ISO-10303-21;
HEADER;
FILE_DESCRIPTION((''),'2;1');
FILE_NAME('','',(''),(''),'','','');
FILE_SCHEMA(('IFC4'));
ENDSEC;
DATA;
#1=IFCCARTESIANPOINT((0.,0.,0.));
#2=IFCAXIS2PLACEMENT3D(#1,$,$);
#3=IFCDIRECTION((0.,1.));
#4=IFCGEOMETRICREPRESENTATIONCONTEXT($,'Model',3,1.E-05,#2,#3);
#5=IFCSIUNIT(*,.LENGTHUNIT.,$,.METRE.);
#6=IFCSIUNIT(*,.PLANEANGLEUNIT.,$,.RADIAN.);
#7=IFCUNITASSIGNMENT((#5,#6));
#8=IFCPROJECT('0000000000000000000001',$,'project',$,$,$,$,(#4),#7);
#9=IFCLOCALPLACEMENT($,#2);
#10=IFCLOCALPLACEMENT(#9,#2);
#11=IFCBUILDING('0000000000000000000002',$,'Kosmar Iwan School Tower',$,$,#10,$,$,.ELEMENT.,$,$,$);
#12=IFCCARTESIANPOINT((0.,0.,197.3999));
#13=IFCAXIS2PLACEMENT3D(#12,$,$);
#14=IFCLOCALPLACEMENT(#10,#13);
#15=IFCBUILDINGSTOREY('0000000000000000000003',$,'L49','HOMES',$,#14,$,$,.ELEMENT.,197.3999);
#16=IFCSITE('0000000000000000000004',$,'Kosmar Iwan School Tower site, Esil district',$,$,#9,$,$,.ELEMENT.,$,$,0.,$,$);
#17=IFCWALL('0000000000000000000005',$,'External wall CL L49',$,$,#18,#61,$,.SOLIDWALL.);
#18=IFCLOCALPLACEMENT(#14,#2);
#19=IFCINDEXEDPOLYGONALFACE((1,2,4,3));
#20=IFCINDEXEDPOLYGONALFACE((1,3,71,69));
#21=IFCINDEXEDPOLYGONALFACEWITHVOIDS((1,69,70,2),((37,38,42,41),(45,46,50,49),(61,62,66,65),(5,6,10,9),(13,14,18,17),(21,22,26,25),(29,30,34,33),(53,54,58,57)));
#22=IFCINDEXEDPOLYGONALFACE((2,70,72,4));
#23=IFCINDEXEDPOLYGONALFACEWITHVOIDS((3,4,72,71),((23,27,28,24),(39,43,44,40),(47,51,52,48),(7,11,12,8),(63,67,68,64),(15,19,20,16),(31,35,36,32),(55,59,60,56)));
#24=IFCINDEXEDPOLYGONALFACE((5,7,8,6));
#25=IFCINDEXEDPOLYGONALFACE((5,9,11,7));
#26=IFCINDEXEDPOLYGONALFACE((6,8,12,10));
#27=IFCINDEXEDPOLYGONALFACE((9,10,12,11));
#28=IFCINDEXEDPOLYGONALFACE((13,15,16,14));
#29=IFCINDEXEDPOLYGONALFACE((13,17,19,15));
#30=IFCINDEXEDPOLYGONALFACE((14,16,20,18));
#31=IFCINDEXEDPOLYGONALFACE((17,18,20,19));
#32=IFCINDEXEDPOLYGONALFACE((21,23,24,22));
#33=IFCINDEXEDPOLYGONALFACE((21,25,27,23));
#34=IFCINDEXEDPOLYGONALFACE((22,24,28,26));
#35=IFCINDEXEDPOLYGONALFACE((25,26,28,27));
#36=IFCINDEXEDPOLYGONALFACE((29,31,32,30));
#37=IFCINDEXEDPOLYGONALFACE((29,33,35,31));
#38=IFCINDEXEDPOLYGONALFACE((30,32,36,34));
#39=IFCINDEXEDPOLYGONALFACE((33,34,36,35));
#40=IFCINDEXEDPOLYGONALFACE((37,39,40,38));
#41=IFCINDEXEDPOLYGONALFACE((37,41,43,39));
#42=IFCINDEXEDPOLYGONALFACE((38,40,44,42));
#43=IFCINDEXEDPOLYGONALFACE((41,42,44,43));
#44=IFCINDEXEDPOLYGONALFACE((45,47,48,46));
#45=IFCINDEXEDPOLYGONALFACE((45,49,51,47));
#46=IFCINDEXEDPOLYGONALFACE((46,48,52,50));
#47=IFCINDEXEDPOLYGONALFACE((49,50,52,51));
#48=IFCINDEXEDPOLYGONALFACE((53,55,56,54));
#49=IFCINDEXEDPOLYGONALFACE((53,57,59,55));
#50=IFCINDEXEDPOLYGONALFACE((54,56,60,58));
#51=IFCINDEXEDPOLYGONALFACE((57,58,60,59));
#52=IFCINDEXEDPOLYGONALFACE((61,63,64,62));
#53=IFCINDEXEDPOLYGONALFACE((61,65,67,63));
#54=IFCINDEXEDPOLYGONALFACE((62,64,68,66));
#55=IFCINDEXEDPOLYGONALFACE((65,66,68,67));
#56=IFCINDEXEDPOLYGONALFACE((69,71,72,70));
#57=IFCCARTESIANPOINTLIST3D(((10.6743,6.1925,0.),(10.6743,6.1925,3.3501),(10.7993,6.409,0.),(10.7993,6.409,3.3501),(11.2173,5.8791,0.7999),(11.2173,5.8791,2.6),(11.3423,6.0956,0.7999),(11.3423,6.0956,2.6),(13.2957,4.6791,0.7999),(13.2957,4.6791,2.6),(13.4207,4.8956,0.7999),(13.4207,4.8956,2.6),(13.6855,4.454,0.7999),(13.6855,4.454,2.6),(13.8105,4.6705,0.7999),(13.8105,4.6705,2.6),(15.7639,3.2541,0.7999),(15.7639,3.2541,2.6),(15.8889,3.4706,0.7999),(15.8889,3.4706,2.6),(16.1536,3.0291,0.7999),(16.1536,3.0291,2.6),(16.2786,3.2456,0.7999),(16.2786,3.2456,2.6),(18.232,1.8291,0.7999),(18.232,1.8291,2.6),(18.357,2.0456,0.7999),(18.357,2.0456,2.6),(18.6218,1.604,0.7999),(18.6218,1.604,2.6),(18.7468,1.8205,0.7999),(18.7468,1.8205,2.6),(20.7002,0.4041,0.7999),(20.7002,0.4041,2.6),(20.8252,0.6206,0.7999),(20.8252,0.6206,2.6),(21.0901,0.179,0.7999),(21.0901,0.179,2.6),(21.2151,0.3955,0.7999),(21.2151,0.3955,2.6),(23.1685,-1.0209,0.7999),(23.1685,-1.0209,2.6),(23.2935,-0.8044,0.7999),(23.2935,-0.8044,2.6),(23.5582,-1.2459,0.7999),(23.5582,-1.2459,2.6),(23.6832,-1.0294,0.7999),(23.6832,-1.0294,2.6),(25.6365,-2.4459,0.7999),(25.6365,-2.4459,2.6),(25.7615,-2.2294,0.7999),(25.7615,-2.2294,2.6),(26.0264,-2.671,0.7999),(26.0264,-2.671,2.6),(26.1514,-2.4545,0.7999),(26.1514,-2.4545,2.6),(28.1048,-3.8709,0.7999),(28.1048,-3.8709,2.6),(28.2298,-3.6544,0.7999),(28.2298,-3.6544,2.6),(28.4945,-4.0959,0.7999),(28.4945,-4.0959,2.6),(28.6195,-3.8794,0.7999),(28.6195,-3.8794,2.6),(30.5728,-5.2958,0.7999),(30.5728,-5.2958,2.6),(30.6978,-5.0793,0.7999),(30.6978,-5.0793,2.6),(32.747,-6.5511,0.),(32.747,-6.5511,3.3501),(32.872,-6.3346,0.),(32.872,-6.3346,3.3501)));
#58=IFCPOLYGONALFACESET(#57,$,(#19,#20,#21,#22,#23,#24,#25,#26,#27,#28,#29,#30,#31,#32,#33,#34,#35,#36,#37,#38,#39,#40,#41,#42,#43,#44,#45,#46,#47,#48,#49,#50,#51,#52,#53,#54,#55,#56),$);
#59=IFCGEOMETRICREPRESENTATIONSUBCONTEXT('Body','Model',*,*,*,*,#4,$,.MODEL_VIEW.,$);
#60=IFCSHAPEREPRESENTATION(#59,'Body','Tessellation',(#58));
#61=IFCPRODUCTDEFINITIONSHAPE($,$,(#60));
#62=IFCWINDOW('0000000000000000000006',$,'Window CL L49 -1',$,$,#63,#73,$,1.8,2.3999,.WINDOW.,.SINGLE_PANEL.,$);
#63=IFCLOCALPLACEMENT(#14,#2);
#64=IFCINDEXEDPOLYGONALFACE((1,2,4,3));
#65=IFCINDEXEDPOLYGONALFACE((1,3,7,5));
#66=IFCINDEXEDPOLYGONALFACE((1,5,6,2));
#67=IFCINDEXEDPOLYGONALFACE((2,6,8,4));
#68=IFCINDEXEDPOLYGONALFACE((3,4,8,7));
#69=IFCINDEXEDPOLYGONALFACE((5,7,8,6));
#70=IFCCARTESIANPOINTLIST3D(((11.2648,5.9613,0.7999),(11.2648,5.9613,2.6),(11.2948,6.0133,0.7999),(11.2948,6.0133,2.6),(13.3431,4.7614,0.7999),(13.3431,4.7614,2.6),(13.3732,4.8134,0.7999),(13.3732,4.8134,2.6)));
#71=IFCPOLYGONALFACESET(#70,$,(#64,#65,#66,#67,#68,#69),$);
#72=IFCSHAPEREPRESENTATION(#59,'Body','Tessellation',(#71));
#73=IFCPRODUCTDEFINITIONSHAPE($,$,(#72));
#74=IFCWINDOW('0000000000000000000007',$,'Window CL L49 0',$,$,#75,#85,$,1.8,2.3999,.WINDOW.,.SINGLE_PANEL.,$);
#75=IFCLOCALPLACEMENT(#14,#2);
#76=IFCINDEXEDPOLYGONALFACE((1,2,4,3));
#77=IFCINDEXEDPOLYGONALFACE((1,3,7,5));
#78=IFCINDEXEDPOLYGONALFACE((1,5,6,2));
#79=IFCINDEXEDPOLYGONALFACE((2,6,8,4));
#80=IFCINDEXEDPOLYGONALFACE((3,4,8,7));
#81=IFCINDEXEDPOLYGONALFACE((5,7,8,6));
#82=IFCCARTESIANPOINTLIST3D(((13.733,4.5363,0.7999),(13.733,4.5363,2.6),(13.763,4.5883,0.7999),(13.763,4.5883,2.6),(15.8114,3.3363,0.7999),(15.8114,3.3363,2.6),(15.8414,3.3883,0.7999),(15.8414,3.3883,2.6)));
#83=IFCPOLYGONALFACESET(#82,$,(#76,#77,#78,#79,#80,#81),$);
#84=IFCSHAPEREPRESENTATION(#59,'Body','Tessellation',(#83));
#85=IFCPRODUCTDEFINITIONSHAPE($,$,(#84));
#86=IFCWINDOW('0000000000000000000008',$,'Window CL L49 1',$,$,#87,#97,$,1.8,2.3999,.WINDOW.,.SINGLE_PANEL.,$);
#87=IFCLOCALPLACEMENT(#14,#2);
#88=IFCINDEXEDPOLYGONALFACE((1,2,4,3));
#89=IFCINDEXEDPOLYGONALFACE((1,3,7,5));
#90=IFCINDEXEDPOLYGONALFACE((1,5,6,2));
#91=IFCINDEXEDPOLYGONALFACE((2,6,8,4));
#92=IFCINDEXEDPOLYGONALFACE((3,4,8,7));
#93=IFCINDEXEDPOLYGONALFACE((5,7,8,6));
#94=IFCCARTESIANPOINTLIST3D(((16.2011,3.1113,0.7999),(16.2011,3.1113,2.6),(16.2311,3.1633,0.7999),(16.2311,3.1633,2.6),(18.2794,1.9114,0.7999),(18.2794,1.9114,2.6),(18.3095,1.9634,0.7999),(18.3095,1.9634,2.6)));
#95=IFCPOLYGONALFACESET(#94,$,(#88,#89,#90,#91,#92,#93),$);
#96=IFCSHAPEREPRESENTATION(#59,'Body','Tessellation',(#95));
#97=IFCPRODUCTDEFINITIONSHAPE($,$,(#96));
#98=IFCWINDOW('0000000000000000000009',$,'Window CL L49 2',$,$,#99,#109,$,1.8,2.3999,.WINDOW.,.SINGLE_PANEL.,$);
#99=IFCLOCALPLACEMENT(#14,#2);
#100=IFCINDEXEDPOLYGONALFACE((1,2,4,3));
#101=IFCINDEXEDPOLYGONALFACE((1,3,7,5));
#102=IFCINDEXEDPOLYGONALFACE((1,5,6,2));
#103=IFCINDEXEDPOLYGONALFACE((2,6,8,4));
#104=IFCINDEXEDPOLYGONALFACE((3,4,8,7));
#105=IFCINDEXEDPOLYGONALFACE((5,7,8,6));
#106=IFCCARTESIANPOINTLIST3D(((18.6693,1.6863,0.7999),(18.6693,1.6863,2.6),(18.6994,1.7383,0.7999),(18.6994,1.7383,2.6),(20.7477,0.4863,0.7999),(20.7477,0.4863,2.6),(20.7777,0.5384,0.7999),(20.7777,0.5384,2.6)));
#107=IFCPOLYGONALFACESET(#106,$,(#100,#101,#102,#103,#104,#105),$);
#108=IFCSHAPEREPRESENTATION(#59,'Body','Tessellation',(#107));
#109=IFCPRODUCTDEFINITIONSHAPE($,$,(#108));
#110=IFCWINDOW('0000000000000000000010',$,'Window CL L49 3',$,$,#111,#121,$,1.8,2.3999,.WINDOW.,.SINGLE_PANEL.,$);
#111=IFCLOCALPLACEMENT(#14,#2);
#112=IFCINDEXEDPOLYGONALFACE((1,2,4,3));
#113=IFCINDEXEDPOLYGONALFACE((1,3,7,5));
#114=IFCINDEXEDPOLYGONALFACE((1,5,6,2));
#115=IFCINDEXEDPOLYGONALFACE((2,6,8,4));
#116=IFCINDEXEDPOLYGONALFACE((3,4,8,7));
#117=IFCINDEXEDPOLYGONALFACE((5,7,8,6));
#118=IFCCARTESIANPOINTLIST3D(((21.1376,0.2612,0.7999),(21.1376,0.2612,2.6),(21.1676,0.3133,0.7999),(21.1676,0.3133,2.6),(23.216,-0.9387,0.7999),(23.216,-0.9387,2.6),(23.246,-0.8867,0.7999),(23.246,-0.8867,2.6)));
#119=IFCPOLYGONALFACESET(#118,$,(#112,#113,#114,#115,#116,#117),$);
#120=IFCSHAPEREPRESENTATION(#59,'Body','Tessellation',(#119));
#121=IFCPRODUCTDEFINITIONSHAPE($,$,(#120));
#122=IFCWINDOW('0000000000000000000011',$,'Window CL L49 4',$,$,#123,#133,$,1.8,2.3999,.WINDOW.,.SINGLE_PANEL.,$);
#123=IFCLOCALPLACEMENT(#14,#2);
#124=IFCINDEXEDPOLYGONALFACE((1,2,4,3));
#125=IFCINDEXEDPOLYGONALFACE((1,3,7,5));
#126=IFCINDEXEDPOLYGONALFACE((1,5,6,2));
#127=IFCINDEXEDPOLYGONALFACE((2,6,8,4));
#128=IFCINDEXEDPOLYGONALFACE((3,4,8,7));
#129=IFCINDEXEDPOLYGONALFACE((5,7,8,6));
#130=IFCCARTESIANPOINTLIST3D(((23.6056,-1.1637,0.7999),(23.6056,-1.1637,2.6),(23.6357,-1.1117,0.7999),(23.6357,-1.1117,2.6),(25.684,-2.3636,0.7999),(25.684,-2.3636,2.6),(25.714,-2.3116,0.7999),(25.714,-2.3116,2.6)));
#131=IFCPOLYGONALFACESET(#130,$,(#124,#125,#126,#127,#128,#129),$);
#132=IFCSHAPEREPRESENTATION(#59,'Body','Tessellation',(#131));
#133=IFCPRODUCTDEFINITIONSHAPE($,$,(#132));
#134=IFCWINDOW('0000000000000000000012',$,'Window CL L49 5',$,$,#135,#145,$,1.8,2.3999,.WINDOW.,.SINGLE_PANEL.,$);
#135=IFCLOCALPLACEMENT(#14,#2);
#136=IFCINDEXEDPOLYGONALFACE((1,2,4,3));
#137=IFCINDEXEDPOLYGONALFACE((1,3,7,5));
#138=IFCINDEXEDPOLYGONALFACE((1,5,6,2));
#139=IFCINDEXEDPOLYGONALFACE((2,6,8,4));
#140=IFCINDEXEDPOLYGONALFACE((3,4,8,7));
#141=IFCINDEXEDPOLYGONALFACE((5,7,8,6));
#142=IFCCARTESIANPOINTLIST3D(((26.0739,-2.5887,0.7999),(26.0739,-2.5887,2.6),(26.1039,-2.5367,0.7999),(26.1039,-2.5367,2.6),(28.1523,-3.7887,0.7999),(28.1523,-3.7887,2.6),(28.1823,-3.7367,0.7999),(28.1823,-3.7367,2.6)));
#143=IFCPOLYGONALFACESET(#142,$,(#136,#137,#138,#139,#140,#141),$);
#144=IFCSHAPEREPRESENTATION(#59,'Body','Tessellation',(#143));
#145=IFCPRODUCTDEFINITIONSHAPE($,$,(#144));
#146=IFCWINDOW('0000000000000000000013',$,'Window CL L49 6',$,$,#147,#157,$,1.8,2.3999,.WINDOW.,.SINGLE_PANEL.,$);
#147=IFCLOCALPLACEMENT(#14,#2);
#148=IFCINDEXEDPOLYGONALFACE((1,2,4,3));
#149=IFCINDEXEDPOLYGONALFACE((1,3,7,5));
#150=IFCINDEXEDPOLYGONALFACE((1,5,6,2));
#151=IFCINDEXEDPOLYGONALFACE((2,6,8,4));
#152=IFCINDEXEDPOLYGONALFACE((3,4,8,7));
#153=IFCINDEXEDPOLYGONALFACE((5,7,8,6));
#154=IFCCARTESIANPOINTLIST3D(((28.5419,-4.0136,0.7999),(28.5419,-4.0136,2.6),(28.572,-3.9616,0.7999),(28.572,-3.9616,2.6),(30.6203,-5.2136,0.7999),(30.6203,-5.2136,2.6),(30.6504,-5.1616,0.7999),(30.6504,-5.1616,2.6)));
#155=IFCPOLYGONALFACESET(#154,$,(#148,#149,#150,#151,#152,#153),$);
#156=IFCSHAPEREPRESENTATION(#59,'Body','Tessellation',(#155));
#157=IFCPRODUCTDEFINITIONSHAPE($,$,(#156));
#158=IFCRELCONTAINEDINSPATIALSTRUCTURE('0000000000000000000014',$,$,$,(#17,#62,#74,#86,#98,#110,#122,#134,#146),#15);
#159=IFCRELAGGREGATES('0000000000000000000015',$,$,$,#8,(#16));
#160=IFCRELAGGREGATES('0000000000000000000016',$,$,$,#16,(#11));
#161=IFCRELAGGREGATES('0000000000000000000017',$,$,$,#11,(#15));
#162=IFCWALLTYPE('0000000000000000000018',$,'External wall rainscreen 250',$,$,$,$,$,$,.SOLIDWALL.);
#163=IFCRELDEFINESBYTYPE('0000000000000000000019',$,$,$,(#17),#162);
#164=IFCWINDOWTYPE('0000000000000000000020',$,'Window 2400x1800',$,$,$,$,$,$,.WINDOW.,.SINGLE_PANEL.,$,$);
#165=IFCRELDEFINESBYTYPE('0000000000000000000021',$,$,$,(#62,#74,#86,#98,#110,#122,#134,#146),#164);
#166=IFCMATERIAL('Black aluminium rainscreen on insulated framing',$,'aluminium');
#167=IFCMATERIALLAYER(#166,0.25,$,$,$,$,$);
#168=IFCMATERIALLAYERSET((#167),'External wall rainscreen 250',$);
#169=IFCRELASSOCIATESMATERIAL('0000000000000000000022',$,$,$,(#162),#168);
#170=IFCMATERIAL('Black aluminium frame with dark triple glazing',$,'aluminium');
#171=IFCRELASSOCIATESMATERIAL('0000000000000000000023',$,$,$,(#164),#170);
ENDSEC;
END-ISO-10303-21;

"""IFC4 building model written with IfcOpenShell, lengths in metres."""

from ifc_helpers import new_model, si_unit, direction, frame, frame_2d, origin, place, context, subcontext, project, spatial, rectangle, extrude, material, layer, layer_set, type_object, element, fill, save


model = new_model("IFC4")

# Units and contexts
model_context = context("Model", 3, precision=1e-05, world=origin(), true_north=direction((0.0, 1.0)))
body_context = subcontext(model_context, "Body", "Model", "MODEL_VIEW")
ifc_project = project(units=[si_unit("LENGTHUNIT", "METRE"), si_unit("PLANEANGLEUNIT", "RADIAN")], contexts=[model_context])

# Site, building, storey
site_placement = place(None, origin())
site = spatial("IfcSite", under=ifc_project, at=site_placement, Name="Kosmar Iwan School Tower site, Esil district", CompositionType="ELEMENT", RefElevation=0.0)
building_placement = place(site_placement, origin())
building = spatial("IfcBuilding", under=site, at=building_placement, Name="Kosmar Iwan School Tower", CompositionType="ELEMENT")
storey_placement = place(building_placement, frame((0.0, 0.0, 197.3999)))
storey = spatial("IfcBuildingStorey", under=building, at=storey_placement, Name="L49", Description="HOMES", CompositionType="ELEMENT", Elevation=197.3999)

# Wall, openings, windows
ifc_material_1 = material(Name="Black aluminium rainscreen on insulated framing", Category="aluminium")
ifc_layer = layer(ifc_material_1, 0.25)
ifc_layer_set = layer_set([ifc_layer], Name="External wall rainscreen 250")
wall_type = type_object("IfcWallType", Name="External wall rainscreen 250", PredefinedType="SOLIDWALL", material=ifc_layer_set)
wall_1_placement = place(storey_placement, frame((10.7368, 6.3008, 0.0), z_axis=(0.0, 0.0, 1.0), x_axis=(0.866026, -0.499998, 0.0)))
wall_1 = element("IfcWall", 1, at=wall_1_placement, inside=storey, type_object=wall_type, Name="External wall CL L49", PredefinedType="SOLIDWALL", context=body_context, shape_type="SweptSolid", body=[
    extrude(rectangle(XDim=25.4873, YDim=0.25, at=frame_2d((12.7437, 0.0))), origin(), (0.0, 0.0, 1.0), 3.3501),
])
opening_1_placement = place(wall_1_placement, frame((0.627, 0.0, 0.8)))
opening_1 = element("IfcOpeningElement", 2, at=opening_1_placement, cuts=wall_1, PredefinedType="OPENING", context=body_context, shape_type="SweptSolid", body=[
    extrude(rectangle(XDim=2.3999, YDim=1.8, at=frame_2d((1.2, 0.8999))), frame((0.0, 0.137, 0.0), z_axis=(0.0, -1.0, 0.0), x_axis=(1.0, 0.0, 0.0)), (0.0, 0.0, 1.0), 0.2739),
])
opening_2_placement = place(wall_1_placement, frame((3.4771, 0.0, 0.8)))
opening_2 = element("IfcOpeningElement", 3, at=opening_2_placement, cuts=wall_1, PredefinedType="OPENING", context=body_context, shape_type="SweptSolid", body=[
    extrude(rectangle(XDim=2.3999, YDim=1.8, at=frame_2d((1.2, 0.8999))), frame((0.0, 0.137, 0.0), z_axis=(0.0, -1.0, 0.0), x_axis=(1.0, 0.0, 0.0)), (0.0, 0.0, 1.0), 0.2739),
])
opening_3_placement = place(wall_1_placement, frame((6.3269, 0.0, 0.8)))
opening_3 = element("IfcOpeningElement", 4, at=opening_3_placement, cuts=wall_1, PredefinedType="OPENING", context=body_context, shape_type="SweptSolid", body=[
    extrude(rectangle(XDim=2.3999, YDim=1.8, at=frame_2d((1.2, 0.8999))), frame((0.0, 0.137, 0.0), z_axis=(0.0, -1.0, 0.0), x_axis=(1.0, 0.0, 0.0)), (0.0, 0.0, 1.0), 0.2739),
])
opening_4_placement = place(wall_1_placement, frame((9.177, 0.0, 0.8)))
opening_4 = element("IfcOpeningElement", 5, at=opening_4_placement, cuts=wall_1, PredefinedType="OPENING", context=body_context, shape_type="SweptSolid", body=[
    extrude(rectangle(XDim=2.3999, YDim=1.8, at=frame_2d((1.2, 0.8999))), frame((0.0, 0.137, 0.0), z_axis=(0.0, -1.0, 0.0), x_axis=(1.0, 0.0, 0.0)), (0.0, 0.0, 1.0), 0.2739),
])
opening_5_placement = place(wall_1_placement, frame((12.0271, 0.0, 0.8)))
opening_5 = element("IfcOpeningElement", 6, at=opening_5_placement, cuts=wall_1, PredefinedType="OPENING", context=body_context, shape_type="SweptSolid", body=[
    extrude(rectangle(XDim=2.3999, YDim=1.8, at=frame_2d((1.2, 0.8999))), frame((0.0, 0.137, 0.0), z_axis=(0.0, -1.0, 0.0), x_axis=(1.0, 0.0, 0.0)), (0.0, 0.0, 1.0), 0.2739),
])
opening_6_placement = place(wall_1_placement, frame((14.877, 0.0, 0.8)))
opening_6 = element("IfcOpeningElement", 7, at=opening_6_placement, cuts=wall_1, PredefinedType="OPENING", context=body_context, shape_type="SweptSolid", body=[
    extrude(rectangle(XDim=2.3999, YDim=1.8, at=frame_2d((1.2, 0.8999))), frame((0.0, 0.137, 0.0), z_axis=(0.0, -1.0, 0.0), x_axis=(1.0, 0.0, 0.0)), (0.0, 0.0, 1.0), 0.2739),
])
opening_7_placement = place(wall_1_placement, frame((17.7271, 0.0, 0.8)))
opening_7 = element("IfcOpeningElement", 8, at=opening_7_placement, cuts=wall_1, PredefinedType="OPENING", context=body_context, shape_type="SweptSolid", body=[
    extrude(rectangle(XDim=2.3999, YDim=1.8, at=frame_2d((1.2, 0.8999))), frame((0.0, 0.137, 0.0), z_axis=(0.0, -1.0, 0.0), x_axis=(1.0, 0.0, 0.0)), (0.0, 0.0, 1.0), 0.2739),
])
opening_8_placement = place(wall_1_placement, frame((20.5769, 0.0, 0.8)))
opening_8 = element("IfcOpeningElement", 9, at=opening_8_placement, cuts=wall_1, PredefinedType="OPENING", context=body_context, shape_type="SweptSolid", body=[
    extrude(rectangle(XDim=2.3999, YDim=1.8, at=frame_2d((1.2, 0.8999))), frame((0.0, 0.137, 0.0), z_axis=(0.0, -1.0, 0.0), x_axis=(1.0, 0.0, 0.0)), (0.0, 0.0, 1.0), 0.2739),
])
ifc_material_2 = material(Name="Black aluminium frame with dark triple glazing", Category="aluminium")
window_type = type_object("IfcWindowType", Name="Window 2400x1800", PartitioningType="SINGLE_PANEL", PredefinedType="WINDOW", material=ifc_material_2)
window_1_placement = place(opening_1_placement, origin())
window_1 = element("IfcWindow", 10, at=window_1_placement, inside=storey, type_object=window_type, Name="Window CL L49 -1", OverallHeight=1.8, OverallWidth=2.3999, PartitioningType="SINGLE_PANEL", PredefinedType="WINDOW", context=body_context, shape_type="SweptSolid", body=[
    extrude(rectangle(XDim=2.3999, YDim=1.8, at=frame_2d((1.2, 0.8999))), frame((0.0, 0.03, 0.0), z_axis=(0.0, -1.0, 0.0), x_axis=(1.0, 0.0, 0.0)), (0.0, 0.0, 1.0), 0.0601),
])
fill(opening_1, window_1)
window_2_placement = place(opening_2_placement, origin())
window_2 = element("IfcWindow", 11, at=window_2_placement, inside=storey, type_object=window_type, Name="Window CL L49 0", OverallHeight=1.8, OverallWidth=2.3999, PartitioningType="SINGLE_PANEL", PredefinedType="WINDOW", context=body_context, shape_type="SweptSolid", body=[
    extrude(rectangle(XDim=2.3999, YDim=1.8, at=frame_2d((1.2, 0.8999))), frame((0.0, 0.03, 0.0), z_axis=(0.0, -1.0, 0.0), x_axis=(1.0, 0.0, 0.0)), (0.0, 0.0, 1.0), 0.0601),
])
fill(opening_2, window_2)
window_3_placement = place(opening_3_placement, origin())
window_3 = element("IfcWindow", 12, at=window_3_placement, inside=storey, type_object=window_type, Name="Window CL L49 1", OverallHeight=1.8, OverallWidth=2.3999, PartitioningType="SINGLE_PANEL", PredefinedType="WINDOW", context=body_context, shape_type="SweptSolid", body=[
    extrude(rectangle(XDim=2.3999, YDim=1.8, at=frame_2d((1.2, 0.8999))), frame((0.0, 0.03, 0.0), z_axis=(0.0, -1.0, 0.0), x_axis=(1.0, 0.0, 0.0)), (0.0, 0.0, 1.0), 0.0601),
])
fill(opening_3, window_3)
window_4_placement = place(opening_4_placement, origin())
window_4 = element("IfcWindow", 13, at=window_4_placement, inside=storey, type_object=window_type, Name="Window CL L49 2", OverallHeight=1.8, OverallWidth=2.3999, PartitioningType="SINGLE_PANEL", PredefinedType="WINDOW", context=body_context, shape_type="SweptSolid", body=[
    extrude(rectangle(XDim=2.3999, YDim=1.8, at=frame_2d((1.2, 0.8999))), frame((0.0, 0.03, 0.0), z_axis=(0.0, -1.0, 0.0), x_axis=(1.0, 0.0, 0.0)), (0.0, 0.0, 1.0), 0.0601),
])
fill(opening_4, window_4)
window_5_placement = place(opening_5_placement, origin())
window_5 = element("IfcWindow", 14, at=window_5_placement, inside=storey, type_object=window_type, Name="Window CL L49 3", OverallHeight=1.8, OverallWidth=2.3999, PartitioningType="SINGLE_PANEL", PredefinedType="WINDOW", context=body_context, shape_type="SweptSolid", body=[
    extrude(rectangle(XDim=2.3999, YDim=1.8, at=frame_2d((1.2, 0.8999))), frame((0.0, 0.03, 0.0), z_axis=(0.0, -1.0, 0.0), x_axis=(1.0, 0.0, 0.0)), (0.0, 0.0, 1.0), 0.0601),
])
fill(opening_5, window_5)
window_6_placement = place(opening_6_placement, origin())
window_6 = element("IfcWindow", 15, at=window_6_placement, inside=storey, type_object=window_type, Name="Window CL L49 4", OverallHeight=1.8, OverallWidth=2.3999, PartitioningType="SINGLE_PANEL", PredefinedType="WINDOW", context=body_context, shape_type="SweptSolid", body=[
    extrude(rectangle(XDim=2.3999, YDim=1.8, at=frame_2d((1.2, 0.8999))), frame((0.0, 0.03, 0.0), z_axis=(0.0, -1.0, 0.0), x_axis=(1.0, 0.0, 0.0)), (0.0, 0.0, 1.0), 0.0601),
])
fill(opening_6, window_6)
window_7_placement = place(opening_7_placement, origin())
window_7 = element("IfcWindow", 16, at=window_7_placement, inside=storey, type_object=window_type, Name="Window CL L49 5", OverallHeight=1.8, OverallWidth=2.3999, PartitioningType="SINGLE_PANEL", PredefinedType="WINDOW", context=body_context, shape_type="SweptSolid", body=[
    extrude(rectangle(XDim=2.3999, YDim=1.8, at=frame_2d((1.2, 0.8999))), frame((0.0, 0.03, 0.0), z_axis=(0.0, -1.0, 0.0), x_axis=(1.0, 0.0, 0.0)), (0.0, 0.0, 1.0), 0.0601),
])
fill(opening_7, window_7)
window_8_placement = place(opening_8_placement, origin())
window_8 = element("IfcWindow", 17, at=window_8_placement, inside=storey, type_object=window_type, Name="Window CL L49 6", OverallHeight=1.8, OverallWidth=2.3999, PartitioningType="SINGLE_PANEL", PredefinedType="WINDOW", context=body_context, shape_type="SweptSolid", body=[
    extrude(rectangle(XDim=2.3999, YDim=1.8, at=frame_2d((1.2, 0.8999))), frame((0.0, 0.03, 0.0), z_axis=(0.0, -1.0, 0.0), x_axis=(1.0, 0.0, 0.0)), (0.0, 0.0, 1.0), 0.0601),
])
fill(opening_8, window_8)

save(model, "model.ifc")
